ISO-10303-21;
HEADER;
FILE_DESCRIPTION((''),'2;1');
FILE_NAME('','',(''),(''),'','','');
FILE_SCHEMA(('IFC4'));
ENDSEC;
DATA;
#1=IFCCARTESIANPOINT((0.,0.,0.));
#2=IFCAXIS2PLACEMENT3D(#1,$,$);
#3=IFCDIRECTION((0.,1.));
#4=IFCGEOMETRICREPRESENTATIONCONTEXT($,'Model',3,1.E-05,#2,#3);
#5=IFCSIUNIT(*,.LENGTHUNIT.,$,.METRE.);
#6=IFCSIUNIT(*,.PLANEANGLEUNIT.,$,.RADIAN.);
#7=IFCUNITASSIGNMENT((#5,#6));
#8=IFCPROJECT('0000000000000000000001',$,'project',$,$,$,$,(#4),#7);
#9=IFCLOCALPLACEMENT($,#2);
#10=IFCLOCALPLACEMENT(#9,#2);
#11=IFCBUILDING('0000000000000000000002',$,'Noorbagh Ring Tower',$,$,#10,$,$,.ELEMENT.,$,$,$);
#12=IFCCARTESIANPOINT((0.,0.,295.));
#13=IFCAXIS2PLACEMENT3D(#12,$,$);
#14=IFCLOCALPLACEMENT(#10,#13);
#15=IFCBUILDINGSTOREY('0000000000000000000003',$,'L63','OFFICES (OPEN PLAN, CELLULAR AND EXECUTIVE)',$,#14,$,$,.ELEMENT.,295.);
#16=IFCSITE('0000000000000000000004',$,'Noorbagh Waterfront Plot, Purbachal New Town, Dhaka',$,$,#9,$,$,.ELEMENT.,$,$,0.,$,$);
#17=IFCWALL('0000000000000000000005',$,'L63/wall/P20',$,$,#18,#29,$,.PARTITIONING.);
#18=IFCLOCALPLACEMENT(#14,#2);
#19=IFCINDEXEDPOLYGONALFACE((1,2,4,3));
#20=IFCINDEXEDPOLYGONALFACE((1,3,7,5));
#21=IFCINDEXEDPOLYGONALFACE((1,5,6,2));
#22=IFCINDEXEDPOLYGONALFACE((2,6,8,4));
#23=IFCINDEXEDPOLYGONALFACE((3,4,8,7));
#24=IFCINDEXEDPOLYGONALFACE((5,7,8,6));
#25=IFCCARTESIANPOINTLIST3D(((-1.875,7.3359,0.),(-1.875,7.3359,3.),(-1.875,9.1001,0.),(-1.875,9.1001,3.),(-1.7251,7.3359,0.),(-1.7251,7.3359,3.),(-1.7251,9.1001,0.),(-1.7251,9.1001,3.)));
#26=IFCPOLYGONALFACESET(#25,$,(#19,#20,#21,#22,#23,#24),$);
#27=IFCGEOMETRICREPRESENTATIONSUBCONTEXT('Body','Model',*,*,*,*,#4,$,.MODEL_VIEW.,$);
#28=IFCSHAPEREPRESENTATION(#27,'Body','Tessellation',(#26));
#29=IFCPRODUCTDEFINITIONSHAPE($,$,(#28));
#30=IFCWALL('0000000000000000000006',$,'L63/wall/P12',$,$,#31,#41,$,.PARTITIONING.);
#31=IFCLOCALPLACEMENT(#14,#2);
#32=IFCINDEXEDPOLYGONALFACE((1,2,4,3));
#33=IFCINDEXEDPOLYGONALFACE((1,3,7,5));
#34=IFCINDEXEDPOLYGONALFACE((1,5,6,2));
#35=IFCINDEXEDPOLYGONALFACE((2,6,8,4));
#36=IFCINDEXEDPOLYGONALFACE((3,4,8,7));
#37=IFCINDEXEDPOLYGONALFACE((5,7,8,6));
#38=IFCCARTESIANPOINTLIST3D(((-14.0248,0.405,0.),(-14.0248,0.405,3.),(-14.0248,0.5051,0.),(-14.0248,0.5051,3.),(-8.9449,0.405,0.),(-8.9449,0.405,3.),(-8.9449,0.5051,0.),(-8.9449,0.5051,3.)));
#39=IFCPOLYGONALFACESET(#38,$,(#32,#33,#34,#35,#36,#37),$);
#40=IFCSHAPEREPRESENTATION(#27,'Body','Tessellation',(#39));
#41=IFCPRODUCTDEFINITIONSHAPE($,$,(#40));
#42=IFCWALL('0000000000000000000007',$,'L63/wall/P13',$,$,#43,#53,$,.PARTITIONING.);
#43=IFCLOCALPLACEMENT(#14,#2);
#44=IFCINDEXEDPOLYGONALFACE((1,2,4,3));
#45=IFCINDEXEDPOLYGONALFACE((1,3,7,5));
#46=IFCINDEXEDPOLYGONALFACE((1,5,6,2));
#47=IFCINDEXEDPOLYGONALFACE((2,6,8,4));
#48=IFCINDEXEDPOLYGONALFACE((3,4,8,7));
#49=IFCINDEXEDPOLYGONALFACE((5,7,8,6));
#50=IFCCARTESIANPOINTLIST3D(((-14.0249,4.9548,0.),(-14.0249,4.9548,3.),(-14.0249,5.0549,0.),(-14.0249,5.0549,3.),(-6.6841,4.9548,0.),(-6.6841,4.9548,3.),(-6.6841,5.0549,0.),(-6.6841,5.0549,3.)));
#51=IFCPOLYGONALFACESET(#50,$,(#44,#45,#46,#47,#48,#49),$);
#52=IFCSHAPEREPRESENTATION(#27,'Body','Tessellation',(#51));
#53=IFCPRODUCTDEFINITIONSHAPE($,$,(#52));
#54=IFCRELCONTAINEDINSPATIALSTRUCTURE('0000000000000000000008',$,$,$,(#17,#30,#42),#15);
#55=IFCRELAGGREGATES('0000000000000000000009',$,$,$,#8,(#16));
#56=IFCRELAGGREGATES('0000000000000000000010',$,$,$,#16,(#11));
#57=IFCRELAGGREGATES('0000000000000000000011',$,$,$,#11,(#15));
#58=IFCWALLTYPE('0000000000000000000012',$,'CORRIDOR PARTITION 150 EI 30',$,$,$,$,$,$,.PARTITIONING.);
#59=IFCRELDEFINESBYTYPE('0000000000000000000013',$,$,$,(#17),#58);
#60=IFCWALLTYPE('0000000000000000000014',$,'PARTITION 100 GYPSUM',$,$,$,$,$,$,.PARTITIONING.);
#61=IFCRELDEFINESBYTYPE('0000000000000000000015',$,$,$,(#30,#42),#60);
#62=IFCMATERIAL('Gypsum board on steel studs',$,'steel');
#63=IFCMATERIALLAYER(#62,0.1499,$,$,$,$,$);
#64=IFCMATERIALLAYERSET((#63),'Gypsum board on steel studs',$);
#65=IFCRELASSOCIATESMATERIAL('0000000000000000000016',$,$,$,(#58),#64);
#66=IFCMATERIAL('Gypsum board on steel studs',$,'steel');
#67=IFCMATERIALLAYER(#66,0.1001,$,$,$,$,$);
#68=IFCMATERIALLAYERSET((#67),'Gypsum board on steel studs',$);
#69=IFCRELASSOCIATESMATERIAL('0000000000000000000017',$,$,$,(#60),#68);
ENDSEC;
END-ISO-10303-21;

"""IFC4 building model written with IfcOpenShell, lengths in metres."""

from ifc_helpers import new_model, si_unit, direction, frame, frame_2d, origin, place, context, subcontext, project, spatial, rectangle, extrude, material, layer, layer_set, type_object, element, save


model = new_model("IFC4")

# Units and contexts
model_context = context("Model", 3, precision=1e-05, world=origin(), true_north=direction((0.0, 1.0)))
body_context = subcontext(model_context, "Body", "Model", "MODEL_VIEW")
ifc_project = project(units=[si_unit("LENGTHUNIT", "METRE"), si_unit("PLANEANGLEUNIT", "RADIAN")], contexts=[model_context])

# Site, building, storey
site_placement = place(None, origin())
site = spatial("IfcSite", under=ifc_project, at=site_placement, Name="Noorbagh Waterfront Plot, Purbachal New Town, Dhaka", CompositionType="ELEMENT", RefElevation=0.0)
building_placement = place(site_placement, origin())
building = spatial("IfcBuilding", under=site, at=building_placement, Name="Noorbagh Ring Tower", CompositionType="ELEMENT")
storey_placement = place(building_placement, frame((0.0, 0.0, 295.0)))
storey = spatial("IfcBuildingStorey", under=building, at=storey_placement, Name="L63", Description="OFFICES (OPEN PLAN, CELLULAR AND EXECUTIVE)", CompositionType="ELEMENT", Elevation=295.0)

# Shared definitions
ifc_material_1 = material(Name="Gypsum board on steel studs", Category="steel")
ifc_layer_1 = layer(ifc_material_1, 0.1499)
ifc_layer_set_1 = layer_set([ifc_layer_1], Name="Gypsum board on steel studs")
wall_type_1 = type_object("IfcWallType", Name="CORRIDOR PARTITION 150 EI 30", PredefinedType="PARTITIONING", material=ifc_layer_set_1)

# Wall
wall_1_placement = place(storey_placement, frame((-1.8, 7.3359, 0.0), z_axis=(0.0, 0.0, 1.0), x_axis=(0.0, 1.0, 0.0)))
element("IfcWall", 1, at=wall_1_placement, inside=storey, type_object=wall_type_1, Name="L63/wall/P20", PredefinedType="PARTITIONING", context=body_context, shape_type="SweptSolid", body=[
    extrude(rectangle(XDim=1.7642, YDim=0.1499, at=frame_2d((0.8821, 0.0))), origin(), (0.0, 0.0, 1.0), 3.0),
])

# Walls
ifc_material_2 = material(Name="Gypsum board on steel studs", Category="steel")
ifc_layer_2 = layer(ifc_material_2, 0.1001)
ifc_layer_set_2 = layer_set([ifc_layer_2], Name="Gypsum board on steel studs")
wall_type_2 = type_object("IfcWallType", Name="PARTITION 100 GYPSUM", PredefinedType="PARTITIONING", material=ifc_layer_set_2)
wall_2_placement = place(storey_placement, frame((-14.0249, 0.4551, 0.0), z_axis=(0.0, 0.0, 1.0), x_axis=(1.0, 0.0, 0.0)))
element("IfcWall", 2, at=wall_2_placement, inside=storey, type_object=wall_type_2, Name="L63/wall/P12", PredefinedType="PARTITIONING", context=body_context, shape_type="SweptSolid", body=[
    extrude(rectangle(XDim=5.0798, YDim=0.1001, at=frame_2d((2.54, 0.0))), origin(), (0.0, 0.0, 1.0), 3.0),
])
wall_3_placement = place(storey_placement, frame((-14.0249, 5.0049, 0.0), z_axis=(0.0, 0.0, 1.0), x_axis=(1.0, 0.0, 0.0)))
element("IfcWall", 3, at=wall_3_placement, inside=storey, type_object=wall_type_2, Name="L63/wall/P13", PredefinedType="PARTITIONING", context=body_context, shape_type="SweptSolid", body=[
    extrude(rectangle(XDim=7.3408, YDim=0.1001, at=frame_2d((3.6704, 0.0))), origin(), (0.0, 0.0, 1.0), 3.0),
])

save(model, "model.ifc")
